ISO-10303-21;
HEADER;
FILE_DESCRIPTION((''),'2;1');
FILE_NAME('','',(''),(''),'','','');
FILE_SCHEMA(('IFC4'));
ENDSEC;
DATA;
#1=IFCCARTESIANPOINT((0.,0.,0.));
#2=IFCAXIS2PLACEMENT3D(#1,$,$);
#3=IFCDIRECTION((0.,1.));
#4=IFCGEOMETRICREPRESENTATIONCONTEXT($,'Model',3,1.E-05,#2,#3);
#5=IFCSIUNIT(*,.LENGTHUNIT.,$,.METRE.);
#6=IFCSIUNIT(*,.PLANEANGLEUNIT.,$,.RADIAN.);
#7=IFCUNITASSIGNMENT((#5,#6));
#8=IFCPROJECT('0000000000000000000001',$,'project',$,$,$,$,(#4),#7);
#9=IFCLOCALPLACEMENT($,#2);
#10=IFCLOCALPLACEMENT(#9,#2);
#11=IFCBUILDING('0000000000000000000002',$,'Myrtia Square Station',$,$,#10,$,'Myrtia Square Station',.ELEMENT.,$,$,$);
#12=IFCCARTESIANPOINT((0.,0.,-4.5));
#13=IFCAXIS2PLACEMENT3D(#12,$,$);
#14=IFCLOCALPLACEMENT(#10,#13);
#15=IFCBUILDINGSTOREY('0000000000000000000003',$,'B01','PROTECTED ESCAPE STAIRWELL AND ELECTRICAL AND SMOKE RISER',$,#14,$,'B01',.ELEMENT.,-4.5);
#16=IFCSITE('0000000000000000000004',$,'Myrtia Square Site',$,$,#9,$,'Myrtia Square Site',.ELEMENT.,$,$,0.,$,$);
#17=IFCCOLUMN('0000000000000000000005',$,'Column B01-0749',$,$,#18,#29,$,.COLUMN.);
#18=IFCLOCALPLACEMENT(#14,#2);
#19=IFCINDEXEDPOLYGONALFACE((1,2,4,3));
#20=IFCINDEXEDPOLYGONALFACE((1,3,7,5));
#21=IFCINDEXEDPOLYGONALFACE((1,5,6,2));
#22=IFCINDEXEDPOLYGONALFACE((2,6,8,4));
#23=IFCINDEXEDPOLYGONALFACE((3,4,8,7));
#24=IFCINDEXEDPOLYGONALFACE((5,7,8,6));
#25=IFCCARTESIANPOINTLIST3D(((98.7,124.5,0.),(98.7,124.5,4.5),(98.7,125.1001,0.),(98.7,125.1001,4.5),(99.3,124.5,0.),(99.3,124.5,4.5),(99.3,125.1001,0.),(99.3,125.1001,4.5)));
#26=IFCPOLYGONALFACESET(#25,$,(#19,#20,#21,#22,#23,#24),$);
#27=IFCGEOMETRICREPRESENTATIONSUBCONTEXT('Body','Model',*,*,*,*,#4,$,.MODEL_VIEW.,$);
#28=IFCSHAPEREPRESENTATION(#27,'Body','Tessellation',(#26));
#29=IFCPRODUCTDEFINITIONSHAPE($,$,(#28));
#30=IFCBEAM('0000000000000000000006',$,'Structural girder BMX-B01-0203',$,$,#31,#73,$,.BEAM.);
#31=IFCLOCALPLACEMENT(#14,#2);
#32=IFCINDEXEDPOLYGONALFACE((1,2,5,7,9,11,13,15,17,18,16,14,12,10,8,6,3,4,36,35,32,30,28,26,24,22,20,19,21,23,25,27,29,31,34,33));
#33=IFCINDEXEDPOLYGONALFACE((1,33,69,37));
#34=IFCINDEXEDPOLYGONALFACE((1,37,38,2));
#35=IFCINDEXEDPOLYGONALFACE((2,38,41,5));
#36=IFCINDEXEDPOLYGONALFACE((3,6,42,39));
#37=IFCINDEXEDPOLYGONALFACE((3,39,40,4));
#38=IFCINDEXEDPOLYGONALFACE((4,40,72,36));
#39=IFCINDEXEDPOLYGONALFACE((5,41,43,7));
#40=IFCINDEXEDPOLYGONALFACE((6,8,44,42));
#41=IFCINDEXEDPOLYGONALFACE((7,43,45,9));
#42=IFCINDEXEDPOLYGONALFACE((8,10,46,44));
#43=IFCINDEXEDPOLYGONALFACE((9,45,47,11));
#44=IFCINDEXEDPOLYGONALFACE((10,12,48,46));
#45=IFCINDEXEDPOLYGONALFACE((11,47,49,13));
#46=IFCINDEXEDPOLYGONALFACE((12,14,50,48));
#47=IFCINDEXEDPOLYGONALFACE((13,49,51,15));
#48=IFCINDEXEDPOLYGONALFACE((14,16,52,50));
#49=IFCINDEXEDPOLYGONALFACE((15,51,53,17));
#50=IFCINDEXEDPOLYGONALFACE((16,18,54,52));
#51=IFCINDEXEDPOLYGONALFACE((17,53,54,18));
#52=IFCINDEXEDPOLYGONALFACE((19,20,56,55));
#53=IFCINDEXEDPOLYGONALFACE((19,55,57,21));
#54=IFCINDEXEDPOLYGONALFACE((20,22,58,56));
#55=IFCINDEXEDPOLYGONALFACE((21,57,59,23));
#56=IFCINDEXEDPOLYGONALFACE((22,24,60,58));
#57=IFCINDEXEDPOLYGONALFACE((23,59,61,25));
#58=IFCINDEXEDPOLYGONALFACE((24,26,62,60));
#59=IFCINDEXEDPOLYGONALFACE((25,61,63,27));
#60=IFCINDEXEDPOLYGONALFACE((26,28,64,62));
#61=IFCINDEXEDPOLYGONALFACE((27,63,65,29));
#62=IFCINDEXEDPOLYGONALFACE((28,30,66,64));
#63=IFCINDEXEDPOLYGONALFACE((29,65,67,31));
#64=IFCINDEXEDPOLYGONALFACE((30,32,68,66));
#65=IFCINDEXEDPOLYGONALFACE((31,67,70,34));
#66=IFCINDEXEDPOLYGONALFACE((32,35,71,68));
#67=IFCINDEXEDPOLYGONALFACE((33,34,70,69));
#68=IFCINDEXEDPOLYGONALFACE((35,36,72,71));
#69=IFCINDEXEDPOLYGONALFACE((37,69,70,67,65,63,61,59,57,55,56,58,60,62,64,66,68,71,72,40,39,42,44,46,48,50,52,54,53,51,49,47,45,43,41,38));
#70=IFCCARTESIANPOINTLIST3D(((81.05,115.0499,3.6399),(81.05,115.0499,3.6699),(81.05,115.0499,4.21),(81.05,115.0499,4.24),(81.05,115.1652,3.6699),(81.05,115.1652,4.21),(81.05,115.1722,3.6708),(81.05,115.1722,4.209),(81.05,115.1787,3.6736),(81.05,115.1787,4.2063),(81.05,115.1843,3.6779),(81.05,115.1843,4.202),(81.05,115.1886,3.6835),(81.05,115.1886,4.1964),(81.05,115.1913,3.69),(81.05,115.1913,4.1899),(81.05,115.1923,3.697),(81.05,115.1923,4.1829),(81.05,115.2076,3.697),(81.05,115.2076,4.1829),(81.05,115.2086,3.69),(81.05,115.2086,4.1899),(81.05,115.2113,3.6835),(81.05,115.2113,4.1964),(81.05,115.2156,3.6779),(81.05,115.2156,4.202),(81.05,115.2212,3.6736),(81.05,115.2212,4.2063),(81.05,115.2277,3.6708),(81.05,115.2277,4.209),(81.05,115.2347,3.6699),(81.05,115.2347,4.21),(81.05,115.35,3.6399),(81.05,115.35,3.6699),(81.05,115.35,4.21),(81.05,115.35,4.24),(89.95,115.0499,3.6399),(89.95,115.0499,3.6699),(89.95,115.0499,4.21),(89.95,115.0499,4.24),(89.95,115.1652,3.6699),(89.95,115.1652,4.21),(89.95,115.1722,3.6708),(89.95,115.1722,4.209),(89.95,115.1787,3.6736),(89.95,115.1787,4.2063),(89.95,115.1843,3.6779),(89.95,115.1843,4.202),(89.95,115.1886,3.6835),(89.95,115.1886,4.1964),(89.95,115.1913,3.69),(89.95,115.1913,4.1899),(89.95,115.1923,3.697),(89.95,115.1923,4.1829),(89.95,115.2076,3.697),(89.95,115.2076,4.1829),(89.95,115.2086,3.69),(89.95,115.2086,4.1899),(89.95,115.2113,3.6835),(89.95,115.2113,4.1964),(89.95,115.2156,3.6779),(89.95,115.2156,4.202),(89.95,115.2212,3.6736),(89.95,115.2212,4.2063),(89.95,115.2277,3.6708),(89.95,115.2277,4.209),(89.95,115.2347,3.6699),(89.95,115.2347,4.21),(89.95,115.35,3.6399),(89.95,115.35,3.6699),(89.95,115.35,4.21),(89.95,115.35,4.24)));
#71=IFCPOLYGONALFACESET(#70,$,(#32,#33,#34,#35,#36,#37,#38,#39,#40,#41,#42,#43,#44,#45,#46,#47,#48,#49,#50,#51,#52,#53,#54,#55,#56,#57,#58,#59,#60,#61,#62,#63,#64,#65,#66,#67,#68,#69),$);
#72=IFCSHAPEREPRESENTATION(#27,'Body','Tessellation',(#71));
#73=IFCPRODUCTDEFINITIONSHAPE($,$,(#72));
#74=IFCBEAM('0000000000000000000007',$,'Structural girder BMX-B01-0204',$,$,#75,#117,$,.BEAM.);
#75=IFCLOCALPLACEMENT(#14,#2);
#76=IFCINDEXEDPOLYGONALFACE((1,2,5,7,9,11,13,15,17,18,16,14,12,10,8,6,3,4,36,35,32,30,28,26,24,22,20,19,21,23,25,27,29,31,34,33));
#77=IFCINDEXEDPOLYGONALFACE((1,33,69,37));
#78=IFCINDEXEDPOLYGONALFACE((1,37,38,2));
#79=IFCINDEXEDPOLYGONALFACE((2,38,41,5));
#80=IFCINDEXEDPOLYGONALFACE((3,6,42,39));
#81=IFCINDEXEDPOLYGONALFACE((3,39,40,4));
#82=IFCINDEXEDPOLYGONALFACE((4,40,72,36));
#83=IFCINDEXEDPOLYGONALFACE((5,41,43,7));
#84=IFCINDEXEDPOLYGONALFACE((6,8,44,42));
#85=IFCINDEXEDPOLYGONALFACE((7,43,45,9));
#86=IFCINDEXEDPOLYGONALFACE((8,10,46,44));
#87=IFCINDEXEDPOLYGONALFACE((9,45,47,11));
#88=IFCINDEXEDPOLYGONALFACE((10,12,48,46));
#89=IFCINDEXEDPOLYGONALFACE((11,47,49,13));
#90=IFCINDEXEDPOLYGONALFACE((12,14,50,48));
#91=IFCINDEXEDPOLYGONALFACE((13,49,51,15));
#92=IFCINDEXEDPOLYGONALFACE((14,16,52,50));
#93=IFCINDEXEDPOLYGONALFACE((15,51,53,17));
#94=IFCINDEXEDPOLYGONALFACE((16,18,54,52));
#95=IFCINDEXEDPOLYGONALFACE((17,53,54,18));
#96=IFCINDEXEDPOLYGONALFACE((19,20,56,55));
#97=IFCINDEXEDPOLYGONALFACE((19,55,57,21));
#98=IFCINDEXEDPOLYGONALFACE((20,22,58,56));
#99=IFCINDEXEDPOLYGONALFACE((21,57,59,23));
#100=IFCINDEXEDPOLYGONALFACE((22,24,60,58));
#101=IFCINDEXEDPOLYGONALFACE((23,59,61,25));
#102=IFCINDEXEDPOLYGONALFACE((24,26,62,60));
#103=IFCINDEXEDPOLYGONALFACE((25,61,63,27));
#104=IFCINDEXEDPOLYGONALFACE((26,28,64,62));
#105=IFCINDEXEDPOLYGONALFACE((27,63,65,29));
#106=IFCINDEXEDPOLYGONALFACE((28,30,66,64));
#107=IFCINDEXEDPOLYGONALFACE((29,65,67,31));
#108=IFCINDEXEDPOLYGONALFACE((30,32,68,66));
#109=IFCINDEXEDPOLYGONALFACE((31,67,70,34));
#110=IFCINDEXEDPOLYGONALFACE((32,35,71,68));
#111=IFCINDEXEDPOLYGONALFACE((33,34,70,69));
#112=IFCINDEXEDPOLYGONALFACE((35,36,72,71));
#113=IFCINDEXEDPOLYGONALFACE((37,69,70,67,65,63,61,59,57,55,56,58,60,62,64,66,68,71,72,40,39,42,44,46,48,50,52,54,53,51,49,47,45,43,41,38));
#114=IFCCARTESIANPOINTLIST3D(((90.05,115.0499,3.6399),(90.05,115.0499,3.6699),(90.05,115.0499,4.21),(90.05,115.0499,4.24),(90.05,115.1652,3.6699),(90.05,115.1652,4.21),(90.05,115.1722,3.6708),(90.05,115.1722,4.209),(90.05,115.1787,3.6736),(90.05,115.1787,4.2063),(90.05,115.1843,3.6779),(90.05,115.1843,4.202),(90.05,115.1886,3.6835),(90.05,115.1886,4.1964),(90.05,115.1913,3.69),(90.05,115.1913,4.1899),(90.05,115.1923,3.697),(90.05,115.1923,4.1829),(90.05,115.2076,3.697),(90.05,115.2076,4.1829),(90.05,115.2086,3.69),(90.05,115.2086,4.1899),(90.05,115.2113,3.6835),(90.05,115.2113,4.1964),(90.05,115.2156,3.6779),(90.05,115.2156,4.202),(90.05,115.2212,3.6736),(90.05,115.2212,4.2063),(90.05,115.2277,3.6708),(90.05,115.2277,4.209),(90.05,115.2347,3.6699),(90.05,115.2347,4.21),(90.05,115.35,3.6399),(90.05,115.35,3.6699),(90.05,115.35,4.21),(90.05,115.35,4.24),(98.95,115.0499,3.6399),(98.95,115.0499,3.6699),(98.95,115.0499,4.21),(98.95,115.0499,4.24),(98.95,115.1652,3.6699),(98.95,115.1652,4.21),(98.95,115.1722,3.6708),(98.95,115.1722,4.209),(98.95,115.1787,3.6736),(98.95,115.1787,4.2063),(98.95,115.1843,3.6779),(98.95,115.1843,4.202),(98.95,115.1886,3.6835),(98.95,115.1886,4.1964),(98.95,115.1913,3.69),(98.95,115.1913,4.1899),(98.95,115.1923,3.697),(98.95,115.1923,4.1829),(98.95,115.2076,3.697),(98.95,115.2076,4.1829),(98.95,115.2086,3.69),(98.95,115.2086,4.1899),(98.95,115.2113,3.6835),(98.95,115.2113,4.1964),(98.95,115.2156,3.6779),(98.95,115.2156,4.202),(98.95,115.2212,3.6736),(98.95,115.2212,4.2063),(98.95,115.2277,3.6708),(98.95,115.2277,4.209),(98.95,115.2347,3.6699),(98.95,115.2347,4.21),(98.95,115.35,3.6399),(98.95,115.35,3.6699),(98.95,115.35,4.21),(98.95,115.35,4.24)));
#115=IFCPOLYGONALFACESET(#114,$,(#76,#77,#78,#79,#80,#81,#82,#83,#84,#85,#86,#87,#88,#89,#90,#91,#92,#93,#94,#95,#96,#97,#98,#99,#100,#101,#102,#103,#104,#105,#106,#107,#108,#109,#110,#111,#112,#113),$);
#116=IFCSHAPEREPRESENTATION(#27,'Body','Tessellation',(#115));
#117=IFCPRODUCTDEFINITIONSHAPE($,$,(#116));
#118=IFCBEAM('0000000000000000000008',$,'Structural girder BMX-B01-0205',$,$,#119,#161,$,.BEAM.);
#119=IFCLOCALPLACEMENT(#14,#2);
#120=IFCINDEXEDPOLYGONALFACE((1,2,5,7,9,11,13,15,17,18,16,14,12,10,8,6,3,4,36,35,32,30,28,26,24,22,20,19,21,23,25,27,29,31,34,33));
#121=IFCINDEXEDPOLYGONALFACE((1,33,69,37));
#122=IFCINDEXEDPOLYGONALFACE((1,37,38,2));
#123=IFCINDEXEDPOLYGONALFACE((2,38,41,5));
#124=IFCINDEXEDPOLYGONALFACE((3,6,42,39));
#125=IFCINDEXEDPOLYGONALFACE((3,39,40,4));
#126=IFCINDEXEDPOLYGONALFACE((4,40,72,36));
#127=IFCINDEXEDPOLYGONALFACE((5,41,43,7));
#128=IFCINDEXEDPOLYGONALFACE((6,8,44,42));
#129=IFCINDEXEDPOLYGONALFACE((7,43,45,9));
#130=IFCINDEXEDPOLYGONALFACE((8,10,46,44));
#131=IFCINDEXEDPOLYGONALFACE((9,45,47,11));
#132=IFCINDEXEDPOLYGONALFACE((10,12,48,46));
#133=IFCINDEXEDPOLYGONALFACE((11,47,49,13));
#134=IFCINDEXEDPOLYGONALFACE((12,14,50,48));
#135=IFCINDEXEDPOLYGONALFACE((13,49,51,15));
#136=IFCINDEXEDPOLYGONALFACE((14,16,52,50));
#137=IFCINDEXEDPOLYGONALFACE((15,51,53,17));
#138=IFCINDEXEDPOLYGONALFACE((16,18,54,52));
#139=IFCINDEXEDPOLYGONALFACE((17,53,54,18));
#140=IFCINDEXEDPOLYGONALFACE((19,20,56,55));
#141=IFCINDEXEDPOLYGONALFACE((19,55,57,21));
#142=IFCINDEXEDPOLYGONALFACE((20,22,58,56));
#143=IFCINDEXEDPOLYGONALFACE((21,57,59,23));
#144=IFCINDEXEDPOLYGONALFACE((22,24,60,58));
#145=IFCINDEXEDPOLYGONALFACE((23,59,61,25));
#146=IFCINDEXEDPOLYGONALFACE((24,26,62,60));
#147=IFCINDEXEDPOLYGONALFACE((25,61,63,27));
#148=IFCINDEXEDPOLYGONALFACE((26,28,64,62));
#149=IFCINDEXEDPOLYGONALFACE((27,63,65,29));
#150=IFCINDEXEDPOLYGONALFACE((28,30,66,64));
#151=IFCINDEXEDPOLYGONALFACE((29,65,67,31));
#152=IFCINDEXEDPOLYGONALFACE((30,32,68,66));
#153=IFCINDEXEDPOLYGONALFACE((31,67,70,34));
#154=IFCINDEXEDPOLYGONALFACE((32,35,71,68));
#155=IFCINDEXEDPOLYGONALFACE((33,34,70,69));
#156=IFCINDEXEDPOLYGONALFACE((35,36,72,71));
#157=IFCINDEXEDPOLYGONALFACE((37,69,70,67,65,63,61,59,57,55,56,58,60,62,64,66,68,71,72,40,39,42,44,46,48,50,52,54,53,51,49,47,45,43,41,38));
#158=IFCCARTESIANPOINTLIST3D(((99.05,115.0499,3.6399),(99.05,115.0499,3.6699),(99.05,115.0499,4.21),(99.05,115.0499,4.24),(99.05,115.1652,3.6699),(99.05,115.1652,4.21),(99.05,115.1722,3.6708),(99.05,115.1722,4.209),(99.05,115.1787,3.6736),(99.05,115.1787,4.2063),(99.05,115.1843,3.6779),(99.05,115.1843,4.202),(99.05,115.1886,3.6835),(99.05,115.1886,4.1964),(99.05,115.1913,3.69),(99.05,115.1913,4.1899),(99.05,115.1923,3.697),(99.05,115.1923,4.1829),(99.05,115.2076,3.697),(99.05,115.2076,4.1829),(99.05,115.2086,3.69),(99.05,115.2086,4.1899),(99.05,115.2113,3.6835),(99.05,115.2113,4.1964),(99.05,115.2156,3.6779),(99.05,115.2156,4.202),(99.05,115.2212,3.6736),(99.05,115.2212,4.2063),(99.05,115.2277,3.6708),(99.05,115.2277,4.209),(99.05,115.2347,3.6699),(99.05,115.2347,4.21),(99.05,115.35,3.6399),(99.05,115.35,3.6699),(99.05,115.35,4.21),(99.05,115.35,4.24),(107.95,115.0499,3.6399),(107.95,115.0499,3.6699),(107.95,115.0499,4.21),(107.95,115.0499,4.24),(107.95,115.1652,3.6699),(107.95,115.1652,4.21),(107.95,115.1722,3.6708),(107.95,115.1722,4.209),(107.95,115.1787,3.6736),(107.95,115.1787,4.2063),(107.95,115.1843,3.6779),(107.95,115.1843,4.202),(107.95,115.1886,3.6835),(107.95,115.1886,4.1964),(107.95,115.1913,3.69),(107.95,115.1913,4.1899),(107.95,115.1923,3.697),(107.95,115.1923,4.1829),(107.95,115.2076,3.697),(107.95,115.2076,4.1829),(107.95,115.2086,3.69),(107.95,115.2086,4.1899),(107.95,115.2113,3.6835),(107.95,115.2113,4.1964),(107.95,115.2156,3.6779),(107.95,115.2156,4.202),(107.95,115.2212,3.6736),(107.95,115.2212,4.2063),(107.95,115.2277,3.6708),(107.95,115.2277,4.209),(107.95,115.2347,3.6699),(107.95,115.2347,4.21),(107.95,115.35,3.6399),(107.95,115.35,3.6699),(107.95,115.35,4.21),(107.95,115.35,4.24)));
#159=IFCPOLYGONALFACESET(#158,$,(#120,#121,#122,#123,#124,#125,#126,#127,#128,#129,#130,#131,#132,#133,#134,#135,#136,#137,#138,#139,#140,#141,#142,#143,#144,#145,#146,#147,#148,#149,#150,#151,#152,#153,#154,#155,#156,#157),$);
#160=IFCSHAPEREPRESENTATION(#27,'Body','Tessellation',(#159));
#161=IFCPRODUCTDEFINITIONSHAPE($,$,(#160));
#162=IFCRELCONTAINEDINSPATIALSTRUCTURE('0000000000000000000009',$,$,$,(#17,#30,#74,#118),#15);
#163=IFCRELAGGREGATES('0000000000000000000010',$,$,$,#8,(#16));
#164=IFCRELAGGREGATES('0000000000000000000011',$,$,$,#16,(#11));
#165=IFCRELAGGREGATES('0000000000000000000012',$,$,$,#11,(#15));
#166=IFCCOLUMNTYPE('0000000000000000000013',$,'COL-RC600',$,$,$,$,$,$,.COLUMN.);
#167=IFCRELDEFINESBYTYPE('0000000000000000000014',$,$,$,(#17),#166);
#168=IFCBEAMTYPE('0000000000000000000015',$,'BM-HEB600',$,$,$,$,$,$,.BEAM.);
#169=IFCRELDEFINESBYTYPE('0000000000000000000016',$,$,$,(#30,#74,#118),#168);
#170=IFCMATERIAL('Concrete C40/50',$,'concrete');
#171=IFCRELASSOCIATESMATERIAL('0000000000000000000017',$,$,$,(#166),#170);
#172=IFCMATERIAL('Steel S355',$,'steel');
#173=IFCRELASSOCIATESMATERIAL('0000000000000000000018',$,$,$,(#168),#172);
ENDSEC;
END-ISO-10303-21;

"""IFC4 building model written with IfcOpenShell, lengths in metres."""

from ifc_helpers import new_model, si_unit, direction, frame, origin, origin_2d, place, context, subcontext, project, spatial, rectangle, i_section, extrude, material, material_profile, profile_set, type_object, element, save


model = new_model("IFC4")

# Units and contexts
model_context = context("Model", 3, precision=1e-05, world=origin(), true_north=direction((0.0, 1.0)))
body_context = subcontext(model_context, "Body", "Model", "MODEL_VIEW")
ifc_project = project(units=[si_unit("LENGTHUNIT", "METRE"), si_unit("PLANEANGLEUNIT", "RADIAN")], contexts=[model_context])

# Site, building, storey
site_placement = place(None, origin())
site = spatial("IfcSite", under=ifc_project, at=site_placement, Name="Myrtia Square Site", LongName="Myrtia Square Site", CompositionType="ELEMENT", RefElevation=0.0)
building_placement = place(site_placement, origin())
building = spatial("IfcBuilding", under=site, at=building_placement, Name="Myrtia Square Station", LongName="Myrtia Square Station", CompositionType="ELEMENT")
storey_placement = place(building_placement, frame((0.0, 0.0, -4.5)))
storey = spatial("IfcBuildingStorey", under=building, at=storey_placement, Name="B01", Description="PROTECTED ESCAPE STAIRWELL AND ELECTRICAL AND SMOKE RISER", LongName="B01", CompositionType="ELEMENT", Elevation=-4.5)

# Column
ifc_material_1 = material(Name="Concrete C40/50", Category="concrete")
ifc_material_profile_1 = material_profile(ifc_material_1, rectangle(XDim=0.6001, YDim=0.6001, at=origin_2d()), Name="RC 600x600")
ifc_profile_set_1 = profile_set([ifc_material_profile_1], Name="Concrete C40/50")
column_type = type_object("IfcColumnType", Name="COL-RC600", PredefinedType="COLUMN", material=ifc_profile_set_1)
for number, where, z_axis, x_axis, name in (
    (1, (99.0, 124.8, 0.0), (0.0, 0.0, 1.0), (1.0, 0.0, 0.0), "Column B01-0749"),
):
    element("IfcColumn", number, at=place(storey_placement, frame(where, z_axis=z_axis, x_axis=x_axis)), inside=storey, type_object=column_type, Name=name, PredefinedType="COLUMN", context=body_context, shape_type="SweptSolid", body=[
        extrude(rectangle(XDim=0.6001, YDim=0.6001, at=origin_2d()), origin(), (0.0, 0.0, 1.0), 4.5),
    ])

# Beams
ifc_material_2 = material(Name="Steel S355", Category="steel")
ifc_material_profile_2 = material_profile(ifc_material_2, i_section(OverallWidth=0.3, OverallDepth=0.6001, WebThickness=0.0154, FlangeThickness=0.03, FilletRadius=0.0271, at=origin_2d()), Name="HEB 600")
ifc_profile_set_2 = profile_set([ifc_material_profile_2], Name="Steel S355")
beam_type_1 = type_object("IfcBeamType", Name="BM-HEB600", PredefinedType="BEAM", material=ifc_profile_set_2)
for number, where, z_axis, x_axis, name in (
    (2, (81.05, 115.2, 3.9399), (1.0, 0.0, 0.0), (0.0, 1.0, 0.0), "Structural girder BMX-B01-0203"),
    (3, (90.05, 115.2, 3.9399), (1.0, 0.0, 0.0), (0.0, 1.0, 0.0), "Structural girder BMX-B01-0204"),
    (4, (99.05, 115.2, 3.9399), (1.0, 0.0, 0.0), (0.0, 1.0, 0.0), "Structural girder BMX-B01-0205"),
):
    element("IfcBeam", number, at=place(storey_placement, frame(where, z_axis=z_axis, x_axis=x_axis)), inside=storey, type_object=beam_type_1, Name=name, PredefinedType="BEAM", context=body_context, shape_type="SweptSolid", body=[
        extrude(i_section(OverallWidth=0.3, OverallDepth=0.6001, WebThickness=0.0154, FlangeThickness=0.03, FilletRadius=0.0271, at=origin_2d()), origin(), (0.0, 0.0, 1.0), 8.8999),
    ])

save(model, "model.ifc")
